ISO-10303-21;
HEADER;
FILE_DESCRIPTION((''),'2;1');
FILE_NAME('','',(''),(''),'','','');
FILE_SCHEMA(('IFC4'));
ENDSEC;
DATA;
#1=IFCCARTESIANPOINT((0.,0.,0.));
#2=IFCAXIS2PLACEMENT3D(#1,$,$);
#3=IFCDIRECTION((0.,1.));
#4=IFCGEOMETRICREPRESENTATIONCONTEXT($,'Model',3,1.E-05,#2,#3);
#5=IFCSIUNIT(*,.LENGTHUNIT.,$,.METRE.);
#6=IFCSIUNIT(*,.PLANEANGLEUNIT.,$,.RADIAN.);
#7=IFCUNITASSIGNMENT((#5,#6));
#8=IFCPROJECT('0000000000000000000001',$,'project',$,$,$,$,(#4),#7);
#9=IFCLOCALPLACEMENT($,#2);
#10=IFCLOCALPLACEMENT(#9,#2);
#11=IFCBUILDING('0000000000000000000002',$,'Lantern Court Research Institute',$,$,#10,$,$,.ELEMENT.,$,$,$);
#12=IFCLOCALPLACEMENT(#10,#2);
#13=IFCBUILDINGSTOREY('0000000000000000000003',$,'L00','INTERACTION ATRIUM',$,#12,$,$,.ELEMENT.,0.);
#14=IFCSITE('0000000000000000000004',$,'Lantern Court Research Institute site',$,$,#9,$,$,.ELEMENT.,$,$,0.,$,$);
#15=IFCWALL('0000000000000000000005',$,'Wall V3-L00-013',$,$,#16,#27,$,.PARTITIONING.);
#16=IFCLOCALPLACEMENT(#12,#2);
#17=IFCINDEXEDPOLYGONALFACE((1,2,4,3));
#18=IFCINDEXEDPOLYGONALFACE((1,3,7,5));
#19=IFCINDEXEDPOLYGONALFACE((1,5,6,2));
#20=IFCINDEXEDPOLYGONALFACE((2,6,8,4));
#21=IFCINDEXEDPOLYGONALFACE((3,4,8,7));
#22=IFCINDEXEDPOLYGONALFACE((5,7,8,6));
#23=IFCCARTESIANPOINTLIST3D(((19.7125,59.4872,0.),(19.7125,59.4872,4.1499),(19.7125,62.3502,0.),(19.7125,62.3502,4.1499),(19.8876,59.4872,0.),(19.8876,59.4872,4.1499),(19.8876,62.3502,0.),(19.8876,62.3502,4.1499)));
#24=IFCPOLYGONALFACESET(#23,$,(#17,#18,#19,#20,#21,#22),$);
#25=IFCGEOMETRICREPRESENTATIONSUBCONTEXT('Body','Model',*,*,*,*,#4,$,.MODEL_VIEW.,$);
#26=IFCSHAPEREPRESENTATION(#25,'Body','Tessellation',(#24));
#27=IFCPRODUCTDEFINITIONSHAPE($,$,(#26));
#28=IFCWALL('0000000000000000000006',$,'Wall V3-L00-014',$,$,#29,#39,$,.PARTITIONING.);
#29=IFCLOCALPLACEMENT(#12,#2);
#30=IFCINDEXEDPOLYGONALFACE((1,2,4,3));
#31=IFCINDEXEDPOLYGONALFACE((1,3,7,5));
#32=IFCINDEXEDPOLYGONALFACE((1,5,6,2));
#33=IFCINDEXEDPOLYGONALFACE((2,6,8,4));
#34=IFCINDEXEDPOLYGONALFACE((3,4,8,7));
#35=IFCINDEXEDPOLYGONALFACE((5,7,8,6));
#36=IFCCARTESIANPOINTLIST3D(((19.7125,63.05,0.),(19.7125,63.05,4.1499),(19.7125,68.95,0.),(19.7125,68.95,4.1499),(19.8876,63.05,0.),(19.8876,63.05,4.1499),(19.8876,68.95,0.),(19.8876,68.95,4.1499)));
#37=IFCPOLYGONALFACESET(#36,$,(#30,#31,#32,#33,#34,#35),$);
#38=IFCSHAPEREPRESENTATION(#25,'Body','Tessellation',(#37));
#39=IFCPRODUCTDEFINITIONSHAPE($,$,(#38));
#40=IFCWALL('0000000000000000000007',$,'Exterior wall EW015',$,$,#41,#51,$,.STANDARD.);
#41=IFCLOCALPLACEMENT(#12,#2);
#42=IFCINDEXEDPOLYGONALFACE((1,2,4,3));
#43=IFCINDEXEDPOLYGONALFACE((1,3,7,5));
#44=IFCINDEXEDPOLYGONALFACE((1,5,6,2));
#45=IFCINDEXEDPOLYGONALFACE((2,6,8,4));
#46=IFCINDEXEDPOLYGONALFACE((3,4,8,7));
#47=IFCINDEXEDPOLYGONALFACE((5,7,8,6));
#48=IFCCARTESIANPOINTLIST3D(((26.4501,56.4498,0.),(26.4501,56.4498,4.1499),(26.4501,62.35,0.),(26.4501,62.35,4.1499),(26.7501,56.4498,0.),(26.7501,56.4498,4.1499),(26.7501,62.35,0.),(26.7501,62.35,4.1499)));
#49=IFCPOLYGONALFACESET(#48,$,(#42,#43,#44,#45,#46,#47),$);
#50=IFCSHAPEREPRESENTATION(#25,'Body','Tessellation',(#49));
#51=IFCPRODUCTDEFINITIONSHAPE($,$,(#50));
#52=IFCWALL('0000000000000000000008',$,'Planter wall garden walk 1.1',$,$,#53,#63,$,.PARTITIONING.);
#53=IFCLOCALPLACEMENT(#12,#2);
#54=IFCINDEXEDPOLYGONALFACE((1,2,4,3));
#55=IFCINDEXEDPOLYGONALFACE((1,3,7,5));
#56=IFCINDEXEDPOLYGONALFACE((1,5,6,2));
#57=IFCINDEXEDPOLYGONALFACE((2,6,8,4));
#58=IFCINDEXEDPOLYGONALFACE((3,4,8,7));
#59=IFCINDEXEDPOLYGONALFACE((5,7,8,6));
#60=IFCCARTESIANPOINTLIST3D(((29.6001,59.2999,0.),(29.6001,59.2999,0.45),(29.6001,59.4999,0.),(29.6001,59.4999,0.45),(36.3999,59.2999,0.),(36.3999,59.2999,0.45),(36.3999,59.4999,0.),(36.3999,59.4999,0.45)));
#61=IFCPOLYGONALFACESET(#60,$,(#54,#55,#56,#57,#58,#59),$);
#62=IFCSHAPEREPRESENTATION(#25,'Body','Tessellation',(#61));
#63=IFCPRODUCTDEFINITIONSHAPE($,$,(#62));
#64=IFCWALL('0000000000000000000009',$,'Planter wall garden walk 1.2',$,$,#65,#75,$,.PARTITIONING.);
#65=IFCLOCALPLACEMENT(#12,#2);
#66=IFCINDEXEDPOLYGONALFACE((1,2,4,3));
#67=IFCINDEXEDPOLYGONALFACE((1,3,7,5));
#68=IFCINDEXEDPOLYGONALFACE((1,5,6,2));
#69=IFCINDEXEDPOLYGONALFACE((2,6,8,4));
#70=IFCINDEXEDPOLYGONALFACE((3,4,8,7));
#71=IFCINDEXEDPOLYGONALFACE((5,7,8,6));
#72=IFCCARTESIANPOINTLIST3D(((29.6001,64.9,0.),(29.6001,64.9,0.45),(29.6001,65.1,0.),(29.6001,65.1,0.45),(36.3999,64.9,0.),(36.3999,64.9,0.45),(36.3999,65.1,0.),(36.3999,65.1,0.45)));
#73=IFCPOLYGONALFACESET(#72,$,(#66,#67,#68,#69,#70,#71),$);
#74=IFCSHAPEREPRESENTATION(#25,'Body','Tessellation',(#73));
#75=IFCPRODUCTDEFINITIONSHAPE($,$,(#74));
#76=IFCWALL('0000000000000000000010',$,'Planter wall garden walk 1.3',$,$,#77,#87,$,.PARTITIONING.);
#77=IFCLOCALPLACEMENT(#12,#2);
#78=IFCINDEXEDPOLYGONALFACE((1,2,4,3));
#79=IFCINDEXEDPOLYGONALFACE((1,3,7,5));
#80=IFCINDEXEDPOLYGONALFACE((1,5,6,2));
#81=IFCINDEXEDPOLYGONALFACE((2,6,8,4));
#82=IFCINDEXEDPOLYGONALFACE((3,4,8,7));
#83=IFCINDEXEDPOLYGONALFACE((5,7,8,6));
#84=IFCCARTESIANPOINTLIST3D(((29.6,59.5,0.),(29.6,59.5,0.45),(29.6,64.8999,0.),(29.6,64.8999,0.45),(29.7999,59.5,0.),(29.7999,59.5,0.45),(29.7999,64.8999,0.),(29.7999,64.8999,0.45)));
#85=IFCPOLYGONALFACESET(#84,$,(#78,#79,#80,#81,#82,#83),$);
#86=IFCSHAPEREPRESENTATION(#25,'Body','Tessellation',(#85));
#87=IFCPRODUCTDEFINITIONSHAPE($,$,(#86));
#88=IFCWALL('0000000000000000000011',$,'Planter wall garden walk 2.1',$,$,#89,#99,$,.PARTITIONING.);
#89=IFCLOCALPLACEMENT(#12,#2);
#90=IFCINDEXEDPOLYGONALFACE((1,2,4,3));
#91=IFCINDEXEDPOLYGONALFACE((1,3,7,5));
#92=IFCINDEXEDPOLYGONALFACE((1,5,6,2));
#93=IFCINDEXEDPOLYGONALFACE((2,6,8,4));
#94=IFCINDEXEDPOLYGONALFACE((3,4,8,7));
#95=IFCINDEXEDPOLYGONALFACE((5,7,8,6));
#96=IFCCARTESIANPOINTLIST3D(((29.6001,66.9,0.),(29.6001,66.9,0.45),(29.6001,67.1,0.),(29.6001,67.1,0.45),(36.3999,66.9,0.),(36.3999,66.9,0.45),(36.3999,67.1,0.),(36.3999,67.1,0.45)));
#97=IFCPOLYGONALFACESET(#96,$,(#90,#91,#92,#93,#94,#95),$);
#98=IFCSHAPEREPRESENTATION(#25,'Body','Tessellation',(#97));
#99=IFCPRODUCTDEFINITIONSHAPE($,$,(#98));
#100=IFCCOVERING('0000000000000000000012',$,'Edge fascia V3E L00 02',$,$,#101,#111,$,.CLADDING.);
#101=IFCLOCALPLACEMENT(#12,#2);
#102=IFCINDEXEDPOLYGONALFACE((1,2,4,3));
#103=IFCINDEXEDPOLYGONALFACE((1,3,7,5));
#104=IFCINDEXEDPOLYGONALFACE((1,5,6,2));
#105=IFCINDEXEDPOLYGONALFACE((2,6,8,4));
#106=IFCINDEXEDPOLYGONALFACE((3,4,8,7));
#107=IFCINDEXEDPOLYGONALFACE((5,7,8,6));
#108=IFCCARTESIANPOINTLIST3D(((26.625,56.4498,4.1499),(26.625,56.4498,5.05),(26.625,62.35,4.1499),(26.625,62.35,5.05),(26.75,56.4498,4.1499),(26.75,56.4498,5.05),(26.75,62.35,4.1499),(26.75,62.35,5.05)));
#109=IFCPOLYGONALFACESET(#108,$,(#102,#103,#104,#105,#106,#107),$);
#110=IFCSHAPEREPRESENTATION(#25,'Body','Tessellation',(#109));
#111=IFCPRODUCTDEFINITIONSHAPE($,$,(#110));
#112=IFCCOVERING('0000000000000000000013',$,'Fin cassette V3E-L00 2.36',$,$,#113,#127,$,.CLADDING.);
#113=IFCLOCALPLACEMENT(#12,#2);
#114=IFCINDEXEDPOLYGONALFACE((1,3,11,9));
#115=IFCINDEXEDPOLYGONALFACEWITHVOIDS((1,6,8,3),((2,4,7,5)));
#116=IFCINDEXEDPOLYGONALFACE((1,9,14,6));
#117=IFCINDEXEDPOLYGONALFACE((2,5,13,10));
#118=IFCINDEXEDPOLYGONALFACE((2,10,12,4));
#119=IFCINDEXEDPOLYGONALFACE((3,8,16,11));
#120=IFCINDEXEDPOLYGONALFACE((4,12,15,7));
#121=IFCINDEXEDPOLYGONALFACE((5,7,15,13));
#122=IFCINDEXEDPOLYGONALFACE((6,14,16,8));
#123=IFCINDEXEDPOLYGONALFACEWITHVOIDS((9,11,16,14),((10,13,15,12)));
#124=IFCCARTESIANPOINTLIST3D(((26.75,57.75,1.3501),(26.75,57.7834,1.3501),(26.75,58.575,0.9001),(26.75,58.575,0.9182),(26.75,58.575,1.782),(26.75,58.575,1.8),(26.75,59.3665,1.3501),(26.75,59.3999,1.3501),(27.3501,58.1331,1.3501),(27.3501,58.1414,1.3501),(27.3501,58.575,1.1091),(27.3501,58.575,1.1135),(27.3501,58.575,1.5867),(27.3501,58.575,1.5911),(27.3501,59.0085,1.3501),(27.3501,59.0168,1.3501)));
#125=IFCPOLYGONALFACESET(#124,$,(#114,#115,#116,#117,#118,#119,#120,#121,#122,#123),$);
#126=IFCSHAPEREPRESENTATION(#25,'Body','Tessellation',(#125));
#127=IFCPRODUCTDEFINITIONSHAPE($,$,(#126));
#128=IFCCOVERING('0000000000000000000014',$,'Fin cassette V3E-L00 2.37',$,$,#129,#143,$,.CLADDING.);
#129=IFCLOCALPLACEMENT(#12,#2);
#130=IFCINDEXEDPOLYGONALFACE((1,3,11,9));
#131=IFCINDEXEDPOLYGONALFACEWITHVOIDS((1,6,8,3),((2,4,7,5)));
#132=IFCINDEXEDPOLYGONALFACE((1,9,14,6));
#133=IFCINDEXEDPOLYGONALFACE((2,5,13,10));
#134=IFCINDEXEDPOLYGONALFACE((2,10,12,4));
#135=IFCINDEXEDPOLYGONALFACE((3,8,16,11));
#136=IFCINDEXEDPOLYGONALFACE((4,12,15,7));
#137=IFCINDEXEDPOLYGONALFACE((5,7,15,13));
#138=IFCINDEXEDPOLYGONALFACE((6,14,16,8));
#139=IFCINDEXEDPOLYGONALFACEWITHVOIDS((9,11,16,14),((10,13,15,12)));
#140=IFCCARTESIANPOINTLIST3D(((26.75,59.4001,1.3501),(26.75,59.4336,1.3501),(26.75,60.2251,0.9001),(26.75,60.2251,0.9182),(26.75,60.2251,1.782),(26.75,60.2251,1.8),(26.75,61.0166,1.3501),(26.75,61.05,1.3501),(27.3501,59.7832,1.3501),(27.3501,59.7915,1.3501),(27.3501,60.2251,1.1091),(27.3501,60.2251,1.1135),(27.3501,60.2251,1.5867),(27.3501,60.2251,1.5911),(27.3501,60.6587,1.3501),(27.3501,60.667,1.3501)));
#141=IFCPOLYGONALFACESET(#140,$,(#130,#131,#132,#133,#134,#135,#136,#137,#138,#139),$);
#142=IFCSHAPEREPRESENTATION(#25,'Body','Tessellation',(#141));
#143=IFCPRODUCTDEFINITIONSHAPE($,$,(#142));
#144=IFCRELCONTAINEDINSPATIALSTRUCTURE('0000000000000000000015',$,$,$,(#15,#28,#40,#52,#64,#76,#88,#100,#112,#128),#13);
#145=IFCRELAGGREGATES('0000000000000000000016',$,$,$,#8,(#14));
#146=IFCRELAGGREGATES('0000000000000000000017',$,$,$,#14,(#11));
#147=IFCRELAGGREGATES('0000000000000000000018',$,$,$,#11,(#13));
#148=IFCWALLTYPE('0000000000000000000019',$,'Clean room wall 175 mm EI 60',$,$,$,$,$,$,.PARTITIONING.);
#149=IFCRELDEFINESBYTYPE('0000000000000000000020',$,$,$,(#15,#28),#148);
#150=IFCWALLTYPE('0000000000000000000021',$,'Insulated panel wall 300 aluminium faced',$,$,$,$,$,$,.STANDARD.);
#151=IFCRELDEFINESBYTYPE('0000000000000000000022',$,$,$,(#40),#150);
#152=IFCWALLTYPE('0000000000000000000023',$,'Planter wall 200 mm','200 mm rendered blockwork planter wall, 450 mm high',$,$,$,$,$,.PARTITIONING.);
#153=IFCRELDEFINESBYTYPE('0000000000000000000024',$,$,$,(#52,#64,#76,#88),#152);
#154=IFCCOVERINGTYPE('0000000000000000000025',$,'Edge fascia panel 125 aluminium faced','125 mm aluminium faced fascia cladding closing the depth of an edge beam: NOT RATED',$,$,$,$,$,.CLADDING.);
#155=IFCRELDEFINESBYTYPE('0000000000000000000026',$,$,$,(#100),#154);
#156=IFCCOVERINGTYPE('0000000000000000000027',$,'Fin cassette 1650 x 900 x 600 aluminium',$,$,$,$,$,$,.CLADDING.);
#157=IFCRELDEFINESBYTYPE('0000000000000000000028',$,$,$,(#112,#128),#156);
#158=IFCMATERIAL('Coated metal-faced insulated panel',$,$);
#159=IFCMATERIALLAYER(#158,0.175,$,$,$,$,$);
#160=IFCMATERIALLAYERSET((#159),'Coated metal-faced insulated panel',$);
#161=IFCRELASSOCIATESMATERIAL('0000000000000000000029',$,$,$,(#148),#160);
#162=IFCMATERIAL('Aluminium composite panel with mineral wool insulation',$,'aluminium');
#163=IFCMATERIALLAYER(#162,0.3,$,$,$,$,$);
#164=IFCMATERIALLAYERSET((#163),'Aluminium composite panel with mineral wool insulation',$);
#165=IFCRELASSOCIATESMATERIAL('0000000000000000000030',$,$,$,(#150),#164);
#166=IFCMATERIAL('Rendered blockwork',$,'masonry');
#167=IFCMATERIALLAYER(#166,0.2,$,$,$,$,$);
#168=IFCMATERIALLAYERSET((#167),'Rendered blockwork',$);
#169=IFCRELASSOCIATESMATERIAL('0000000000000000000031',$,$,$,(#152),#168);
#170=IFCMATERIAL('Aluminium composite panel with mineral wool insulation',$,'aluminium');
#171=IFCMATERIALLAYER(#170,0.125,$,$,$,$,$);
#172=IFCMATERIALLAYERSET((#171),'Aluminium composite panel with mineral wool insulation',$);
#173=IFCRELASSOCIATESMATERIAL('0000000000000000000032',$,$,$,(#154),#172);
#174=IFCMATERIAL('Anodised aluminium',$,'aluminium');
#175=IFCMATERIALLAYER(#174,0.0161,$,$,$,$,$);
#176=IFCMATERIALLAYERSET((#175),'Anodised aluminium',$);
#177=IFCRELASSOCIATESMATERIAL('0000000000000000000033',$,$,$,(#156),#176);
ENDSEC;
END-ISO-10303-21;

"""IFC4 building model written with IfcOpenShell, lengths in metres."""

from ifc_helpers import new_model, entity, si_unit, direction, frame, frame_2d, origin, place, context, subcontext, project, spatial, rectangle, extrude, material, layer, layer_set, type_object, element, save


model = new_model("IFC4")

# Units and contexts
model_context = context("Model", 3, precision=1e-05, world=origin(), true_north=direction((0.0, 1.0)))
body_context = subcontext(model_context, "Body", "Model", "MODEL_VIEW")
ifc_project = project(units=[si_unit("LENGTHUNIT", "METRE"), si_unit("PLANEANGLEUNIT", "RADIAN")], contexts=[model_context])

# Site, building, storey
site_placement = place(None, origin())
site = spatial("IfcSite", under=ifc_project, at=site_placement, Name="Lantern Court Research Institute site", CompositionType="ELEMENT", RefElevation=0.0)
building_placement = place(site_placement, origin())
building = spatial("IfcBuilding", under=site, at=building_placement, Name="Lantern Court Research Institute", CompositionType="ELEMENT")
storey_placement = place(building_placement, origin())
storey = spatial("IfcBuildingStorey", under=building, at=storey_placement, Name="L00", Description="INTERACTION ATRIUM", CompositionType="ELEMENT", Elevation=0.0)

# Shared definitions
ifc_material_1 = material(Name="Coated metal-faced insulated panel")
ifc_layer_1 = layer(ifc_material_1, 0.175)
ifc_layer_set_1 = layer_set([ifc_layer_1], Name="Coated metal-faced insulated panel")
wall_type_1 = type_object("IfcWallType", Name="Clean room wall 175 mm EI 60", PredefinedType="PARTITIONING", material=ifc_layer_set_1)

# Walls
wall_1_placement = place(storey_placement, frame((19.8, 59.4871, 0.0), z_axis=(0.0, 0.0, 1.0), x_axis=(0.0, 1.0, 0.0)))
element("IfcWall", 1, at=wall_1_placement, inside=storey, type_object=wall_type_1, Name="Wall V3-L00-013", PredefinedType="PARTITIONING", context=body_context, shape_type="SweptSolid", body=[
    extrude(rectangle(XDim=2.863, YDim=0.175, at=frame_2d((1.4316, 0.0))), origin(), (0.0, 0.0, 1.0), 4.1499),
])
wall_2_placement = place(storey_placement, frame((19.8, 63.05, 0.0), z_axis=(0.0, 0.0, 1.0), x_axis=(0.0, 1.0, 0.0)))
element("IfcWall", 2, at=wall_2_placement, inside=storey, type_object=wall_type_1, Name="Wall V3-L00-014", PredefinedType="PARTITIONING", context=body_context, shape_type="SweptSolid", body=[
    extrude(rectangle(XDim=5.8999, YDim=0.175, at=frame_2d((2.95, 0.0))), origin(), (0.0, 0.0, 1.0), 4.1499),
])
ifc_material_2 = material(Name="Aluminium composite panel with mineral wool insulation", Category="aluminium")
ifc_layer_2 = layer(ifc_material_2, 0.3)
ifc_layer_set_2 = layer_set([ifc_layer_2], Name="Aluminium composite panel with mineral wool insulation")
wall_type_2 = type_object("IfcWallType", Name="Insulated panel wall 300 aluminium faced", PredefinedType="STANDARD", material=ifc_layer_set_2)
wall_3_placement = place(storey_placement, frame((26.6001, 62.3501, 0.0), z_axis=(0.0, 0.0, 1.0), x_axis=(0.0, -1.0, 0.0)))
element("IfcWall", 3, at=wall_3_placement, inside=storey, type_object=wall_type_2, Name="Exterior wall EW015", PredefinedType="STANDARD", context=body_context, shape_type="SweptSolid", body=[
    extrude(rectangle(XDim=5.9001, YDim=0.3, at=frame_2d((2.9502, 0.0))), origin(), (0.0, 0.0, 1.0), 4.1499),
])
ifc_material_3 = material(Name="Rendered blockwork", Category="masonry")
ifc_layer_3 = layer(ifc_material_3, 0.2)
ifc_layer_set_3 = layer_set([ifc_layer_3], Name="Rendered blockwork")
wall_type_3 = type_object("IfcWallType", Name="Planter wall 200 mm", Description="200 mm rendered blockwork planter wall, 450 mm high", PredefinedType="PARTITIONING", material=ifc_layer_set_3)
for number, where, z_axis, x_axis, name in (
    (4, (29.6001, 59.3999, 0.0), (0.0, 0.0, 1.0), (1.0, 0.0, 0.0), "Planter wall garden walk 1.1"),
    (5, (29.6001, 65.0, 0.0), (0.0, 0.0, 1.0), (1.0, 0.0, 0.0), "Planter wall garden walk 1.2"),
):
    element("IfcWall", number, at=place(storey_placement, frame(where, z_axis=z_axis, x_axis=x_axis)), inside=storey, type_object=wall_type_3, Name=name, PredefinedType="PARTITIONING", context=body_context, shape_type="SweptSolid", body=[
        extrude(rectangle(XDim=6.7998, YDim=0.2, at=frame_2d((3.3999, 0.0))), origin(), (0.0, 0.0, 1.0), 0.45),
    ])
wall_4_placement = place(storey_placement, frame((29.7, 59.5, 0.0), z_axis=(0.0, 0.0, 1.0), x_axis=(0.0, 1.0, 0.0)))
element("IfcWall", 6, at=wall_4_placement, inside=storey, type_object=wall_type_3, Name="Planter wall garden walk 1.3", PredefinedType="PARTITIONING", context=body_context, shape_type="SweptSolid", body=[
    extrude(rectangle(XDim=5.3999, YDim=0.2, at=frame_2d((2.7, 0.0))), origin(), (0.0, 0.0, 1.0), 0.45),
])
wall_5_placement = place(storey_placement, frame((29.6001, 67.0, 0.0), z_axis=(0.0, 0.0, 1.0), x_axis=(1.0, 0.0, 0.0)))
element("IfcWall", 7, at=wall_5_placement, inside=storey, type_object=wall_type_3, Name="Planter wall garden walk 2.1", PredefinedType="PARTITIONING", context=body_context, shape_type="SweptSolid", body=[
    extrude(rectangle(XDim=6.7998, YDim=0.2, at=frame_2d((3.3999, 0.0))), origin(), (0.0, 0.0, 1.0), 0.45),
])

# Coverings
ifc_material_4 = material(Name="Aluminium composite panel with mineral wool insulation", Category="aluminium")
ifc_layer_4 = layer(ifc_material_4, 0.125)
ifc_layer_set_4 = layer_set([ifc_layer_4], Name="Aluminium composite panel with mineral wool insulation")
covering_type_1 = type_object("IfcCoveringType", Name="Edge fascia panel 125 aluminium faced", Description="125 mm aluminium faced fascia cladding closing the depth of an edge beam: NOT RATED", PredefinedType="CLADDING", material=ifc_layer_set_4)
covering_1_placement = place(storey_placement, frame((26.6875, 62.3501, 4.1499), z_axis=(0.0, 0.0, 1.0), x_axis=(0.0, -1.0, 0.0)))
element("IfcCovering", 8, at=covering_1_placement, inside=storey, type_object=covering_type_1, Name="Edge fascia V3E L00 02", PredefinedType="CLADDING", context=body_context, shape_type="SweptSolid", body=[
    extrude(rectangle(XDim=5.9001, YDim=0.125, at=frame_2d((2.9502, 0.0))), origin(), (0.0, 0.0, 1.0), 0.9001),
])
ifc_material_5 = material(Name="Anodised aluminium", Category="aluminium")
ifc_layer_5 = layer(ifc_material_5, 0.0161)
ifc_layer_set_5 = layer_set([ifc_layer_5], Name="Anodised aluminium")
covering_type_2 = type_object("IfcCoveringType", Name="Fin cassette 1650 x 900 x 600 aluminium", PredefinedType="CLADDING", material=ifc_layer_set_5)
covering_2_placement = place(storey_placement, frame((26.75, 58.575, 1.3501), z_axis=(1.0, 0.0, 0.0), x_axis=(0.0, 1.0, 0.0)))
cartesian_point_1 = entity("IfcCartesianPoint", [0.825, 0.0])
cartesian_point_2 = entity("IfcCartesianPoint", [0.7915, 0.0])
cartesian_point_3 = entity("IfcCartesianPoint", [0.4419, 0.0])
cartesian_point_4 = entity("IfcCartesianPoint", [0.4336, 0.0])
element("IfcCovering", 9, at=covering_2_placement, inside=storey, type_object=covering_type_2, Name="Fin cassette V3E-L00 2.36", PredefinedType="CLADDING", context=body_context, shape_type="SweptSolid", body=[
    entity("IfcExtrudedAreaSolidTapered", entity("IfcArbitraryProfileDefWithVoids", "AREA", None, entity("IfcPolyline", [cartesian_point_1, entity("IfcCartesianPoint", [0.0, 0.45]), entity("IfcCartesianPoint", [-0.825, 0.0]), entity("IfcCartesianPoint", [0.0, -0.45]), cartesian_point_1]), [entity("IfcPolyline", [cartesian_point_2, entity("IfcCartesianPoint", [0.0, 0.4319]), entity("IfcCartesianPoint", [-0.7915, 0.0]), entity("IfcCartesianPoint", [0.0, -0.4319]), cartesian_point_2])]), entity("IfcAxis2Placement3D", entity("IfcCartesianPoint", [0.0, 0.0, 0.0])), entity("IfcDirection", [0.0, 0.0, 1.0]), 0.6001, entity("IfcArbitraryProfileDefWithVoids", "AREA", None, entity("IfcPolyline", [cartesian_point_3, entity("IfcCartesianPoint", [0.0, 0.241]), entity("IfcCartesianPoint", [-0.4419, 0.0]), entity("IfcCartesianPoint", [0.0, -0.241]), cartesian_point_3]), [entity("IfcPolyline", [cartesian_point_4, entity("IfcCartesianPoint", [0.0, 0.2366]), entity("IfcCartesianPoint", [-0.4336, 0.0]), entity("IfcCartesianPoint", [0.0, -0.2366]), cartesian_point_4])])),
])
covering_3_placement = place(storey_placement, frame((26.75, 60.2251, 1.3501), z_axis=(1.0, 0.0, 0.0), x_axis=(0.0, 1.0, 0.0)))
cartesian_point_5 = entity("IfcCartesianPoint", [0.825, 0.0])
cartesian_point_6 = entity("IfcCartesianPoint", [0.7915, 0.0])
cartesian_point_7 = entity("IfcCartesianPoint", [0.4419, 0.0])
cartesian_point_8 = entity("IfcCartesianPoint", [0.4336, 0.0])
element("IfcCovering", 10, at=covering_3_placement, inside=storey, type_object=covering_type_2, Name="Fin cassette V3E-L00 2.37", PredefinedType="CLADDING", context=body_context, shape_type="SweptSolid", body=[
    entity("IfcExtrudedAreaSolidTapered", entity("IfcArbitraryProfileDefWithVoids", "AREA", None, entity("IfcPolyline", [cartesian_point_5, entity("IfcCartesianPoint", [0.0, 0.45]), entity("IfcCartesianPoint", [-0.825, 0.0]), entity("IfcCartesianPoint", [0.0, -0.45]), cartesian_point_5]), [entity("IfcPolyline", [cartesian_point_6, entity("IfcCartesianPoint", [0.0, 0.4319]), entity("IfcCartesianPoint", [-0.7915, 0.0]), entity("IfcCartesianPoint", [0.0, -0.4319]), cartesian_point_6])]), entity("IfcAxis2Placement3D", entity("IfcCartesianPoint", [0.0, 0.0, 0.0])), entity("IfcDirection", [0.0, 0.0, 1.0]), 0.6001, entity("IfcArbitraryProfileDefWithVoids", "AREA", None, entity("IfcPolyline", [cartesian_point_7, entity("IfcCartesianPoint", [0.0, 0.241]), entity("IfcCartesianPoint", [-0.4419, 0.0]), entity("IfcCartesianPoint", [0.0, -0.241]), cartesian_point_7]), [entity("IfcPolyline", [cartesian_point_8, entity("IfcCartesianPoint", [0.0, 0.2366]), entity("IfcCartesianPoint", [-0.4336, 0.0]), entity("IfcCartesianPoint", [0.0, -0.2366]), cartesian_point_8])])),
])

save(model, "model.ifc")
